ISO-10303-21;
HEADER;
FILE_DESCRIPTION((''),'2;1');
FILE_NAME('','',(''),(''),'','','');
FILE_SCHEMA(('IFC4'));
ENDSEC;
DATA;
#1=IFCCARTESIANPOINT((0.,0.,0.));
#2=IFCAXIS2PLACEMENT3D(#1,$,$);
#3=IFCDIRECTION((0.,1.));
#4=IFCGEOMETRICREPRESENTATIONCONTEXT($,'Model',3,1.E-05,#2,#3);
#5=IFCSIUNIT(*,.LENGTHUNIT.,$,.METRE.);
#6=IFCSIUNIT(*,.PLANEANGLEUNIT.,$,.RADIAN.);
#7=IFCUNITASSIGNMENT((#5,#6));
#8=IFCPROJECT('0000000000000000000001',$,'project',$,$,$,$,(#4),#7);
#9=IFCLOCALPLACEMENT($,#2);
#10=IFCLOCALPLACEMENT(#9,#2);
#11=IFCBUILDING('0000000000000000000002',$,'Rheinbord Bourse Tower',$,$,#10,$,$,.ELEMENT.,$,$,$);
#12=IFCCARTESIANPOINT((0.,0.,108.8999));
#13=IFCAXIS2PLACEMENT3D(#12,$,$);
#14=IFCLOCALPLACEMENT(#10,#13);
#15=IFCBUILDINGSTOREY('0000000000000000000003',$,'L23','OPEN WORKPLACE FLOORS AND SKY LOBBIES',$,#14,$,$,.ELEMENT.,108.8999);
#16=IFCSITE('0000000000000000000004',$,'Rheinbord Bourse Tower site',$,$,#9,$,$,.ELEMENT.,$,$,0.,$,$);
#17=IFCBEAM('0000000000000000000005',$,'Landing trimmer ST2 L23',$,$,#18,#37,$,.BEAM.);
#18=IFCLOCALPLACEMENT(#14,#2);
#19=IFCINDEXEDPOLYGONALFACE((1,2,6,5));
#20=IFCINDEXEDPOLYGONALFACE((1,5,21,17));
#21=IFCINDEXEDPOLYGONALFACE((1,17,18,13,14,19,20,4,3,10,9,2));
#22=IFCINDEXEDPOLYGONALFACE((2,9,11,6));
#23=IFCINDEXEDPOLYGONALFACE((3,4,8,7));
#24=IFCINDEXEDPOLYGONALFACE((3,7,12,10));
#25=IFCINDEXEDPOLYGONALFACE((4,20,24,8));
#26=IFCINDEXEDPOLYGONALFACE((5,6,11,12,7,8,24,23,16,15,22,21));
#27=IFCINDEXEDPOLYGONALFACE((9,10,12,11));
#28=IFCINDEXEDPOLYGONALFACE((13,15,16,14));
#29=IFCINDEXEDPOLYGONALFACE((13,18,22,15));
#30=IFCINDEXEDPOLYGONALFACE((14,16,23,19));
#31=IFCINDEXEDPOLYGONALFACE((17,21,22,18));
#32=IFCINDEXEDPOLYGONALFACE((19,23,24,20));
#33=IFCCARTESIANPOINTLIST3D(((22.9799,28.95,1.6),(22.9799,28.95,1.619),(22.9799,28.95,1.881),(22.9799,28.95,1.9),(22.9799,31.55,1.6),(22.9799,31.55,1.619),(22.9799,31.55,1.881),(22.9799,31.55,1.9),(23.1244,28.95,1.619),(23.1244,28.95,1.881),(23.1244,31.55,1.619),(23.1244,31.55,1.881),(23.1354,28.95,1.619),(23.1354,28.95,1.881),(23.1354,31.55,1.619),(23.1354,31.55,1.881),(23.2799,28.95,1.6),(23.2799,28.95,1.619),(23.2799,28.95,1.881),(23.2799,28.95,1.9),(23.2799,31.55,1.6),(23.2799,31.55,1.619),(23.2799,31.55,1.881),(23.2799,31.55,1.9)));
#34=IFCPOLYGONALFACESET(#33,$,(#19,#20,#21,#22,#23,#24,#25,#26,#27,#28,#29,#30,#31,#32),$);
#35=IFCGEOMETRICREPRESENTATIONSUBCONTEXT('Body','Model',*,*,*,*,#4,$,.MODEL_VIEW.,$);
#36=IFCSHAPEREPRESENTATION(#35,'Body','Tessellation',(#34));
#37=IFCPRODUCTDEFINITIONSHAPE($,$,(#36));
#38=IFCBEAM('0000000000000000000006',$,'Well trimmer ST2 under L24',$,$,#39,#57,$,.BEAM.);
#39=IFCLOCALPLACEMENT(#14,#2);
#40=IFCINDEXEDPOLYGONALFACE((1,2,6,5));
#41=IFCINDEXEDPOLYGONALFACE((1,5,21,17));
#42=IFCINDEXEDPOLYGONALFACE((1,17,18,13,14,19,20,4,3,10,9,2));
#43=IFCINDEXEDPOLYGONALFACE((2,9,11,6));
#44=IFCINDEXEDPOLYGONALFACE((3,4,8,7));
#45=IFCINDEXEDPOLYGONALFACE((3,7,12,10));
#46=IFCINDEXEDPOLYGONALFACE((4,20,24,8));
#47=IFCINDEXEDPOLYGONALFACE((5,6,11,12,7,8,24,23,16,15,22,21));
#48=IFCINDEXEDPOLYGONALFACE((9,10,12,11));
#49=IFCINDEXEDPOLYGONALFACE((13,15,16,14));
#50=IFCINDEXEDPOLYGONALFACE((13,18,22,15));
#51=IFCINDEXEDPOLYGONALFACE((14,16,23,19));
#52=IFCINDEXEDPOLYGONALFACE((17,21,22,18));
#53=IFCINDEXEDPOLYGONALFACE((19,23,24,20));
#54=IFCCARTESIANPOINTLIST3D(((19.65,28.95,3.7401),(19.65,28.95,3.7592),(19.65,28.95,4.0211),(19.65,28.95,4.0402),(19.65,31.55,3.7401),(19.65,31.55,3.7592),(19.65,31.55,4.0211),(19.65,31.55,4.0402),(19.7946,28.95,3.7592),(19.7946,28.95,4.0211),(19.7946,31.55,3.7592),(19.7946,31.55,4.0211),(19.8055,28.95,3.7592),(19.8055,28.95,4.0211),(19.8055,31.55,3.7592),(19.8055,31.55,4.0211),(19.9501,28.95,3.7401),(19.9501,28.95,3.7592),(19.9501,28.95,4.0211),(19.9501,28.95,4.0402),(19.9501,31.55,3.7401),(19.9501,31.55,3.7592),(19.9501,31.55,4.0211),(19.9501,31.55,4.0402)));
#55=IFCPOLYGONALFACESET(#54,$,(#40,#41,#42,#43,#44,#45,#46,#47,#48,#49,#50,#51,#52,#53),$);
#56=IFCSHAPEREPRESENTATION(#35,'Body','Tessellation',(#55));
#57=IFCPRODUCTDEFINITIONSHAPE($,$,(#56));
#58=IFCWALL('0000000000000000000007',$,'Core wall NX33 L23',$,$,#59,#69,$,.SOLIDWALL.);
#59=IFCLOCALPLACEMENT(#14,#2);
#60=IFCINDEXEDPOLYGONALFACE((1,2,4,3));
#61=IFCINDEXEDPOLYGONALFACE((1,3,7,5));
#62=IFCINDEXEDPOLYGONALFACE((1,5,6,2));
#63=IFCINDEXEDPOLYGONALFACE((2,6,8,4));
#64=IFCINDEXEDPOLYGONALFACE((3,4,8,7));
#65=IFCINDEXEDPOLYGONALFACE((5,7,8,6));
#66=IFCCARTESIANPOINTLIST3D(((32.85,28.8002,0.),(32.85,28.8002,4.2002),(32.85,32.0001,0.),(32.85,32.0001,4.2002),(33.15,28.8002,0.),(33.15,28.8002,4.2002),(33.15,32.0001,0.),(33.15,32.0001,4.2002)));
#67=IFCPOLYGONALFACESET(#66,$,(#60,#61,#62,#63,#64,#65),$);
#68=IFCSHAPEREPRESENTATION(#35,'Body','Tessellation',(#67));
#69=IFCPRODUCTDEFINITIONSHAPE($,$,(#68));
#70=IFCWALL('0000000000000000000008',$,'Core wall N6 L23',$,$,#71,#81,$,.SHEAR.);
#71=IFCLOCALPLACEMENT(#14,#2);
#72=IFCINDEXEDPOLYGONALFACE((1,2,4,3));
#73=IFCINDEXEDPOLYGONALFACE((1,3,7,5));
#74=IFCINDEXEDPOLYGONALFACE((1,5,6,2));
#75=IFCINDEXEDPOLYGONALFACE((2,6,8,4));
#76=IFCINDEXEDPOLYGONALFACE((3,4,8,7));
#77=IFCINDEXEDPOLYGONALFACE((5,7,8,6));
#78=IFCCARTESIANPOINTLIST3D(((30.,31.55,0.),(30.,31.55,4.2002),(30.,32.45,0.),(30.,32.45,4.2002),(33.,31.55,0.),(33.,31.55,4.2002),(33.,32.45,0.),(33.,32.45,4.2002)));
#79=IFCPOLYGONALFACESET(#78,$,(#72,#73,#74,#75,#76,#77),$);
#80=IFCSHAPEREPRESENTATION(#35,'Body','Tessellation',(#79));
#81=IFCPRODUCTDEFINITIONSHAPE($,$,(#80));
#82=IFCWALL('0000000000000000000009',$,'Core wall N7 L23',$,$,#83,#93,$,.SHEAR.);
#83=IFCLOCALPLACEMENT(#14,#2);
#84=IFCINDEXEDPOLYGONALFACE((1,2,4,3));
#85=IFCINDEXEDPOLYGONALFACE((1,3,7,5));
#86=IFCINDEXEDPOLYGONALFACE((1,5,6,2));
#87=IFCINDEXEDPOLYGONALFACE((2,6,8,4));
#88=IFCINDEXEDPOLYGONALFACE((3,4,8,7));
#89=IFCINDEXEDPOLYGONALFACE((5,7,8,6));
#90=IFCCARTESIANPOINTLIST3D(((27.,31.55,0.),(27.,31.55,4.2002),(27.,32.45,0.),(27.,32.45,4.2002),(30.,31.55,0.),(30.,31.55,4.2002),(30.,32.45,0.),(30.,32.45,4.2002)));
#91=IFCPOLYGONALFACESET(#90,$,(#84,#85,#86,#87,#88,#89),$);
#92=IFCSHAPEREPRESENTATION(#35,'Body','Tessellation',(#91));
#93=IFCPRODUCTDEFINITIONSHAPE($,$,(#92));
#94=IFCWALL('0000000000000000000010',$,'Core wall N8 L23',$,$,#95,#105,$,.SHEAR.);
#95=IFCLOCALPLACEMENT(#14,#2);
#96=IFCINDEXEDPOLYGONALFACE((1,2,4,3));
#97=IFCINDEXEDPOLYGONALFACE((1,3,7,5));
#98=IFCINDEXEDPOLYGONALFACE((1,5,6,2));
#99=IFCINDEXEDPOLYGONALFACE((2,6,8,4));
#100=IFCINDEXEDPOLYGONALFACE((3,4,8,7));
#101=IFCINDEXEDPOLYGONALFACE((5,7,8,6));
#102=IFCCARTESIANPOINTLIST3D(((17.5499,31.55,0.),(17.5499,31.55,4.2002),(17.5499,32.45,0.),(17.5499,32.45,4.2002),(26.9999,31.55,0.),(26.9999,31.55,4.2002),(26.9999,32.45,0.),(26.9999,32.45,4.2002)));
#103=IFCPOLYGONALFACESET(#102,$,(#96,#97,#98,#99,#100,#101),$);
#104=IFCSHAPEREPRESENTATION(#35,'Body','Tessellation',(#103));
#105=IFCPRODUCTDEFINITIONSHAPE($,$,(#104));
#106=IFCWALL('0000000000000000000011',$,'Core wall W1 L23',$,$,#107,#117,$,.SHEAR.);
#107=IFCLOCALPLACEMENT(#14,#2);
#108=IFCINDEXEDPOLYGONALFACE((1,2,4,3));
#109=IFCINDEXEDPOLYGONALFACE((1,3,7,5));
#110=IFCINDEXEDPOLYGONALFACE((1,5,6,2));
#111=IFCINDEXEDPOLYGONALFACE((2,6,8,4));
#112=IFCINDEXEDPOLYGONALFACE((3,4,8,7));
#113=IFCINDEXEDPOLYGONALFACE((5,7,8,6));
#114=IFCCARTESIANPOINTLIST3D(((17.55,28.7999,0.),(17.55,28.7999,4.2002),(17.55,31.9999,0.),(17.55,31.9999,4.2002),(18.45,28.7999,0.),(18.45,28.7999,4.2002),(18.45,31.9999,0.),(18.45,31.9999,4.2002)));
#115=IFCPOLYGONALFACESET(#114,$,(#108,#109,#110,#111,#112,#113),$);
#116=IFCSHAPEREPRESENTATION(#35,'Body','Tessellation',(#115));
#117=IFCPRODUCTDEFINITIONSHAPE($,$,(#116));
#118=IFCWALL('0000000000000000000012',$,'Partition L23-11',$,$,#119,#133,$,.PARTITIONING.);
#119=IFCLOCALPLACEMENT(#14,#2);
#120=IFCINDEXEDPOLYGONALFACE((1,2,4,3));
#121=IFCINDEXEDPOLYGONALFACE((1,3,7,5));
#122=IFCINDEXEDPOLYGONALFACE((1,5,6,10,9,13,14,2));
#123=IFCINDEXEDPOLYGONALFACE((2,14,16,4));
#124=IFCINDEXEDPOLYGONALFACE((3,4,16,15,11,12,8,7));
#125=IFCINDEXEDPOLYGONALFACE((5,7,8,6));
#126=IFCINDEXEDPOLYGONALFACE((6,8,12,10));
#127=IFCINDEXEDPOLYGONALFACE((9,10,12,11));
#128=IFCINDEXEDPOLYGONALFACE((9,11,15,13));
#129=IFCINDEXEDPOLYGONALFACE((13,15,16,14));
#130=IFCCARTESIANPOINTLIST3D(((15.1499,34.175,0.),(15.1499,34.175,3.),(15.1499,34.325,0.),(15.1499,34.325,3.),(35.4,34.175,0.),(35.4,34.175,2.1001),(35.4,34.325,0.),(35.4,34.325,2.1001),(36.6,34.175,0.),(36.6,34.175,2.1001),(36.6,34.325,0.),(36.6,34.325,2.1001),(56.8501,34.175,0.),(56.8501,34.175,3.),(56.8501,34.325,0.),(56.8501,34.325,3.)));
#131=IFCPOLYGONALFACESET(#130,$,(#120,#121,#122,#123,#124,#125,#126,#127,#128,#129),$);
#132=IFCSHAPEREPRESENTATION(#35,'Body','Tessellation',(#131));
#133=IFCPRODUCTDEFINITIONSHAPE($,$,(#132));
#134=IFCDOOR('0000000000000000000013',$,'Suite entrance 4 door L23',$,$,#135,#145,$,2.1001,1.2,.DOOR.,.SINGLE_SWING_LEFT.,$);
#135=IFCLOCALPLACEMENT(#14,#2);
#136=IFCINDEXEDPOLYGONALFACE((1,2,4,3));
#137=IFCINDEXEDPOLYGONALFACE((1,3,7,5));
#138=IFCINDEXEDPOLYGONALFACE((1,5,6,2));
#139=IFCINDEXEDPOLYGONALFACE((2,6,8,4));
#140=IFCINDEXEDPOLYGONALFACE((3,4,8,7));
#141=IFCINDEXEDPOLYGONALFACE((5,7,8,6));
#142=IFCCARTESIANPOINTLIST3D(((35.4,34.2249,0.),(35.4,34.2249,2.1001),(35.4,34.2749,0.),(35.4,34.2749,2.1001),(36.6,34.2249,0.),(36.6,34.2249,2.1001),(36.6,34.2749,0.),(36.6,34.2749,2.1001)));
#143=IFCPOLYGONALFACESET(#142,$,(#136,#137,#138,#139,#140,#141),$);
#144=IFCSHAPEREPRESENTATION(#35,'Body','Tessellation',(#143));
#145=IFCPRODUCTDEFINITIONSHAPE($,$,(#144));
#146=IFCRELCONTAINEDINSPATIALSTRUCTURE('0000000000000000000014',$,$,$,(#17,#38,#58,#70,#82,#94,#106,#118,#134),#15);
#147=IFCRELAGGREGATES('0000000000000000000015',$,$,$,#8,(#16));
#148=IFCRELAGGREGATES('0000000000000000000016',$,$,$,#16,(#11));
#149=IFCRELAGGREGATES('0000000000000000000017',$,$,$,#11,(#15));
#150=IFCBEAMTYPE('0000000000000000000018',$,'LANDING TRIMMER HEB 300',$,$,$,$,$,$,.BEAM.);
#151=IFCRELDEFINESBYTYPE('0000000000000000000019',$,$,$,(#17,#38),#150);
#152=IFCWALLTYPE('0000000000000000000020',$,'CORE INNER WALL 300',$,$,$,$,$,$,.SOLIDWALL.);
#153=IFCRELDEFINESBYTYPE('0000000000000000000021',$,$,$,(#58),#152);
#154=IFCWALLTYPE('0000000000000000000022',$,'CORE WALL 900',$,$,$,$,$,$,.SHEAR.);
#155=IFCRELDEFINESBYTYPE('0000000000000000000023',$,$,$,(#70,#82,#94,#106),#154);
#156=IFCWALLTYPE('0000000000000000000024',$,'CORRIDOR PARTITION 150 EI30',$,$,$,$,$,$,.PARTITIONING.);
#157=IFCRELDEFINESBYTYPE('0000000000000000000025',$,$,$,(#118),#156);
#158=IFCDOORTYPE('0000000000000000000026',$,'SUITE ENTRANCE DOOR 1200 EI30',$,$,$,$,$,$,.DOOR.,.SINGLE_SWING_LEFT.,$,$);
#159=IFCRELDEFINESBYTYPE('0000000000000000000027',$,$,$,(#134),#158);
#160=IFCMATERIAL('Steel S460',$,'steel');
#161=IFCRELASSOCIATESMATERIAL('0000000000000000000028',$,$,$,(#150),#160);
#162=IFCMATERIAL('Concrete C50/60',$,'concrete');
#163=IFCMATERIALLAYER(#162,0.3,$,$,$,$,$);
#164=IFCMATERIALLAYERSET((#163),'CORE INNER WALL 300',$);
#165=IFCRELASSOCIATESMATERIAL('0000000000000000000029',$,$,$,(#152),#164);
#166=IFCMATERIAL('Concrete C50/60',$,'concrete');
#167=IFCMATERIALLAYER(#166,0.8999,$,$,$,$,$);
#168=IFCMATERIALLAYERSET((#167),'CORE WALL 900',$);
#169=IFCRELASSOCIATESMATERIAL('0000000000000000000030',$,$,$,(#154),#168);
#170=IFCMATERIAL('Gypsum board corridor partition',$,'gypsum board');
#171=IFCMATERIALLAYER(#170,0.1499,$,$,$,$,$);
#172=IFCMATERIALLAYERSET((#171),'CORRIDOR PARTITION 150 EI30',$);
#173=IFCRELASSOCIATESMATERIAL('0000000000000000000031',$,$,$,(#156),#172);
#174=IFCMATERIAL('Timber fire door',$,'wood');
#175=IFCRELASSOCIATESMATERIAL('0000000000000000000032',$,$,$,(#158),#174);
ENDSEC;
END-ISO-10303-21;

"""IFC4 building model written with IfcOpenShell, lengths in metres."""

from ifc_helpers import new_model, si_unit, direction, frame, frame_2d, origin, origin_2d, place, context, subcontext, project, spatial, rectangle, i_section, extrude, material, layer, layer_set, material_profile, profile_set, type_object, element, fill, save


model = new_model("IFC4")

# Units and contexts
model_context = context("Model", 3, precision=1e-05, world=origin(), true_north=direction((0.0, 1.0)))
body_context = subcontext(model_context, "Body", "Model", "MODEL_VIEW")
ifc_project = project(units=[si_unit("LENGTHUNIT", "METRE"), si_unit("PLANEANGLEUNIT", "RADIAN")], contexts=[model_context])

# Site, building, storey
site_placement = place(None, origin())
site = spatial("IfcSite", under=ifc_project, at=site_placement, Name="Rheinbord Bourse Tower site", CompositionType="ELEMENT", RefElevation=0.0)
building_placement = place(site_placement, origin())
building = spatial("IfcBuilding", under=site, at=building_placement, Name="Rheinbord Bourse Tower", CompositionType="ELEMENT")
storey_placement = place(building_placement, frame((0.0, 0.0, 108.8999)))
storey = spatial("IfcBuildingStorey", under=building, at=storey_placement, Name="L23", Description="OPEN WORKPLACE FLOORS AND SKY LOBBIES", CompositionType="ELEMENT", Elevation=108.8999)

# Beams
ifc_material_1 = material(Name="Steel S460", Category="steel")
ifc_material_profile = material_profile(ifc_material_1, i_section(OverallWidth=0.3, OverallDepth=0.3, WebThickness=0.011, FlangeThickness=0.019, at=origin_2d()), Name="HEB 300")
ifc_profile_set = profile_set([ifc_material_profile], Name="Steel S460")
beam_type = type_object("IfcBeamType", Name="LANDING TRIMMER HEB 300", PredefinedType="BEAM", material=ifc_profile_set)
for number, where, z_axis, x_axis, name in (
    (1, (23.1299, 28.95, 1.75), (0.0, 1.0, 0.0), (-1.0, 0.0, 0.0), "Landing trimmer ST2 L23"),
    (2, (19.8, 28.95, 3.8901), (0.0, 1.0, 0.0), (-1.0, 0.0, 0.0), "Well trimmer ST2 under L24"),
):
    element("IfcBeam", number, at=place(storey_placement, frame(where, z_axis=z_axis, x_axis=x_axis)), inside=storey, type_object=beam_type, Name=name, PredefinedType="BEAM", context=body_context, shape_type="SweptSolid", body=[
        extrude(i_section(OverallWidth=0.3, OverallDepth=0.3, WebThickness=0.011, FlangeThickness=0.019, at=origin_2d()), origin(), (0.0, 0.0, 1.0), 2.6001),
    ])

# Walls
ifc_material_2 = material(Name="Concrete C50/60", Category="concrete")
ifc_layer_1 = layer(ifc_material_2, 0.3)
ifc_layer_set_1 = layer_set([ifc_layer_1], Name="CORE INNER WALL 300")
wall_type_1 = type_object("IfcWallType", Name="CORE INNER WALL 300", PredefinedType="SOLIDWALL", material=ifc_layer_set_1)
wall_1_placement = place(storey_placement, frame((33.0, 28.8, 0.0), z_axis=(0.0, 0.0, 1.0), x_axis=(0.0, 1.0, 0.0)))
element("IfcWall", 3, at=wall_1_placement, inside=storey, type_object=wall_type_1, Name="Core wall NX33 L23", PredefinedType="SOLIDWALL", context=body_context, shape_type="SweptSolid", body=[
    extrude(rectangle(XDim=3.2, YDim=0.3, at=frame_2d((1.6001, 0.0))), origin(), (0.0, 0.0, 1.0), 4.2002),
])
ifc_material_3 = material(Name="Concrete C50/60", Category="concrete")
ifc_layer_2 = layer(ifc_material_3, 0.8999)
ifc_layer_set_2 = layer_set([ifc_layer_2], Name="CORE WALL 900")
wall_type_2 = type_object("IfcWallType", Name="CORE WALL 900", PredefinedType="SHEAR", material=ifc_layer_set_2)
for number, where, z_axis, x_axis, name in (
    (4, (33.0, 32.0, 0.0), (0.0, 0.0, 1.0), (-1.0, 0.0, 0.0), "Core wall N6 L23"),
    (5, (30.0, 32.0, 0.0), (0.0, 0.0, 1.0), (-1.0, 0.0, 0.0), "Core wall N7 L23"),
):
    element("IfcWall", number, at=place(storey_placement, frame(where, z_axis=z_axis, x_axis=x_axis)), inside=storey, type_object=wall_type_2, Name=name, PredefinedType="SHEAR", context=body_context, shape_type="SweptSolid", body=[
        extrude(rectangle(XDim=3.0, YDim=0.8999, at=frame_2d((1.5, 0.0))), origin(), (0.0, 0.0, 1.0), 4.2002),
    ])
wall_2_placement = place(storey_placement, frame((27.0, 32.0, 0.0), z_axis=(0.0, 0.0, 1.0), x_axis=(-1.0, 0.0, 0.0)))
element("IfcWall", 6, at=wall_2_placement, inside=storey, type_object=wall_type_2, Name="Core wall N8 L23", PredefinedType="SHEAR", context=body_context, shape_type="SweptSolid", body=[
    extrude(rectangle(XDim=9.45, YDim=0.8999, at=frame_2d((4.7251, 0.0))), origin(), (0.0, 0.0, 1.0), 4.2002),
])
wall_3_placement = place(storey_placement, frame((18.0, 32.0, 0.0), z_axis=(0.0, 0.0, 1.0), x_axis=(0.0, -1.0, 0.0)))
element("IfcWall", 7, at=wall_3_placement, inside=storey, type_object=wall_type_2, Name="Core wall W1 L23", PredefinedType="SHEAR", context=body_context, shape_type="SweptSolid", body=[
    extrude(rectangle(XDim=3.2, YDim=0.8999, at=frame_2d((1.6001, 0.0))), origin(), (0.0, 0.0, 1.0), 4.2002),
])

# Wall, opening, door
ifc_material_4 = material(Name="Gypsum board corridor partition", Category="gypsum board")
ifc_layer_3 = layer(ifc_material_4, 0.1499)
ifc_layer_set_3 = layer_set([ifc_layer_3], Name="CORRIDOR PARTITION 150 EI30")
wall_type_3 = type_object("IfcWallType", Name="CORRIDOR PARTITION 150 EI30", PredefinedType="PARTITIONING", material=ifc_layer_set_3)
wall_4_placement = place(storey_placement, frame((15.1499, 34.25, 0.0), z_axis=(0.0, 0.0, 1.0), x_axis=(1.0, 0.0, 0.0)))
wall_4 = element("IfcWall", 8, at=wall_4_placement, inside=storey, type_object=wall_type_3, Name="Partition L23-11", PredefinedType="PARTITIONING", context=body_context, shape_type="SweptSolid", body=[
    extrude(rectangle(XDim=41.7002, YDim=0.1499, at=frame_2d((20.8501, 0.0))), origin(), (0.0, 0.0, 1.0), 3.0),
])
opening_1_placement = place(wall_4_placement, frame((20.25, 0.0, 0.0)))
opening_1 = element("IfcOpeningElement", 9, at=opening_1_placement, cuts=wall_4, PredefinedType="OPENING", context=body_context, shape_type="SweptSolid", body=[
    extrude(rectangle(XDim=1.2, YDim=2.1001, at=frame_2d((0.6001, 1.05))), frame((0.0, 0.085, 0.0), z_axis=(0.0, -1.0, 0.0), x_axis=(1.0, 0.0, 0.0)), (0.0, 0.0, 1.0), 0.1699),
])
ifc_material_5 = material(Name="Timber fire door", Category="wood")
door_type_1 = type_object("IfcDoorType", Name="SUITE ENTRANCE DOOR 1200 EI30", OperationType="SINGLE_SWING_LEFT", PredefinedType="DOOR", material=ifc_material_5)
door_1_placement = place(opening_1_placement, origin())
door_1 = element("IfcDoor", 10, at=door_1_placement, inside=storey, type_object=door_type_1, Name="Suite entrance 4 door L23", OperationType="SINGLE_SWING_LEFT", OverallHeight=2.1001, OverallWidth=1.2, PredefinedType="DOOR", context=body_context, shape_type="SweptSolid", body=[
    extrude(rectangle(XDim=1.2, YDim=2.1001, at=frame_2d((0.6001, 1.05))), frame((0.0, 0.0249, 0.0), z_axis=(0.0, -1.0, 0.0), x_axis=(1.0, 0.0, 0.0)), (0.0, 0.0, 1.0), 0.05),
])
fill(opening_1, door_1)

save(model, "model.ifc")
